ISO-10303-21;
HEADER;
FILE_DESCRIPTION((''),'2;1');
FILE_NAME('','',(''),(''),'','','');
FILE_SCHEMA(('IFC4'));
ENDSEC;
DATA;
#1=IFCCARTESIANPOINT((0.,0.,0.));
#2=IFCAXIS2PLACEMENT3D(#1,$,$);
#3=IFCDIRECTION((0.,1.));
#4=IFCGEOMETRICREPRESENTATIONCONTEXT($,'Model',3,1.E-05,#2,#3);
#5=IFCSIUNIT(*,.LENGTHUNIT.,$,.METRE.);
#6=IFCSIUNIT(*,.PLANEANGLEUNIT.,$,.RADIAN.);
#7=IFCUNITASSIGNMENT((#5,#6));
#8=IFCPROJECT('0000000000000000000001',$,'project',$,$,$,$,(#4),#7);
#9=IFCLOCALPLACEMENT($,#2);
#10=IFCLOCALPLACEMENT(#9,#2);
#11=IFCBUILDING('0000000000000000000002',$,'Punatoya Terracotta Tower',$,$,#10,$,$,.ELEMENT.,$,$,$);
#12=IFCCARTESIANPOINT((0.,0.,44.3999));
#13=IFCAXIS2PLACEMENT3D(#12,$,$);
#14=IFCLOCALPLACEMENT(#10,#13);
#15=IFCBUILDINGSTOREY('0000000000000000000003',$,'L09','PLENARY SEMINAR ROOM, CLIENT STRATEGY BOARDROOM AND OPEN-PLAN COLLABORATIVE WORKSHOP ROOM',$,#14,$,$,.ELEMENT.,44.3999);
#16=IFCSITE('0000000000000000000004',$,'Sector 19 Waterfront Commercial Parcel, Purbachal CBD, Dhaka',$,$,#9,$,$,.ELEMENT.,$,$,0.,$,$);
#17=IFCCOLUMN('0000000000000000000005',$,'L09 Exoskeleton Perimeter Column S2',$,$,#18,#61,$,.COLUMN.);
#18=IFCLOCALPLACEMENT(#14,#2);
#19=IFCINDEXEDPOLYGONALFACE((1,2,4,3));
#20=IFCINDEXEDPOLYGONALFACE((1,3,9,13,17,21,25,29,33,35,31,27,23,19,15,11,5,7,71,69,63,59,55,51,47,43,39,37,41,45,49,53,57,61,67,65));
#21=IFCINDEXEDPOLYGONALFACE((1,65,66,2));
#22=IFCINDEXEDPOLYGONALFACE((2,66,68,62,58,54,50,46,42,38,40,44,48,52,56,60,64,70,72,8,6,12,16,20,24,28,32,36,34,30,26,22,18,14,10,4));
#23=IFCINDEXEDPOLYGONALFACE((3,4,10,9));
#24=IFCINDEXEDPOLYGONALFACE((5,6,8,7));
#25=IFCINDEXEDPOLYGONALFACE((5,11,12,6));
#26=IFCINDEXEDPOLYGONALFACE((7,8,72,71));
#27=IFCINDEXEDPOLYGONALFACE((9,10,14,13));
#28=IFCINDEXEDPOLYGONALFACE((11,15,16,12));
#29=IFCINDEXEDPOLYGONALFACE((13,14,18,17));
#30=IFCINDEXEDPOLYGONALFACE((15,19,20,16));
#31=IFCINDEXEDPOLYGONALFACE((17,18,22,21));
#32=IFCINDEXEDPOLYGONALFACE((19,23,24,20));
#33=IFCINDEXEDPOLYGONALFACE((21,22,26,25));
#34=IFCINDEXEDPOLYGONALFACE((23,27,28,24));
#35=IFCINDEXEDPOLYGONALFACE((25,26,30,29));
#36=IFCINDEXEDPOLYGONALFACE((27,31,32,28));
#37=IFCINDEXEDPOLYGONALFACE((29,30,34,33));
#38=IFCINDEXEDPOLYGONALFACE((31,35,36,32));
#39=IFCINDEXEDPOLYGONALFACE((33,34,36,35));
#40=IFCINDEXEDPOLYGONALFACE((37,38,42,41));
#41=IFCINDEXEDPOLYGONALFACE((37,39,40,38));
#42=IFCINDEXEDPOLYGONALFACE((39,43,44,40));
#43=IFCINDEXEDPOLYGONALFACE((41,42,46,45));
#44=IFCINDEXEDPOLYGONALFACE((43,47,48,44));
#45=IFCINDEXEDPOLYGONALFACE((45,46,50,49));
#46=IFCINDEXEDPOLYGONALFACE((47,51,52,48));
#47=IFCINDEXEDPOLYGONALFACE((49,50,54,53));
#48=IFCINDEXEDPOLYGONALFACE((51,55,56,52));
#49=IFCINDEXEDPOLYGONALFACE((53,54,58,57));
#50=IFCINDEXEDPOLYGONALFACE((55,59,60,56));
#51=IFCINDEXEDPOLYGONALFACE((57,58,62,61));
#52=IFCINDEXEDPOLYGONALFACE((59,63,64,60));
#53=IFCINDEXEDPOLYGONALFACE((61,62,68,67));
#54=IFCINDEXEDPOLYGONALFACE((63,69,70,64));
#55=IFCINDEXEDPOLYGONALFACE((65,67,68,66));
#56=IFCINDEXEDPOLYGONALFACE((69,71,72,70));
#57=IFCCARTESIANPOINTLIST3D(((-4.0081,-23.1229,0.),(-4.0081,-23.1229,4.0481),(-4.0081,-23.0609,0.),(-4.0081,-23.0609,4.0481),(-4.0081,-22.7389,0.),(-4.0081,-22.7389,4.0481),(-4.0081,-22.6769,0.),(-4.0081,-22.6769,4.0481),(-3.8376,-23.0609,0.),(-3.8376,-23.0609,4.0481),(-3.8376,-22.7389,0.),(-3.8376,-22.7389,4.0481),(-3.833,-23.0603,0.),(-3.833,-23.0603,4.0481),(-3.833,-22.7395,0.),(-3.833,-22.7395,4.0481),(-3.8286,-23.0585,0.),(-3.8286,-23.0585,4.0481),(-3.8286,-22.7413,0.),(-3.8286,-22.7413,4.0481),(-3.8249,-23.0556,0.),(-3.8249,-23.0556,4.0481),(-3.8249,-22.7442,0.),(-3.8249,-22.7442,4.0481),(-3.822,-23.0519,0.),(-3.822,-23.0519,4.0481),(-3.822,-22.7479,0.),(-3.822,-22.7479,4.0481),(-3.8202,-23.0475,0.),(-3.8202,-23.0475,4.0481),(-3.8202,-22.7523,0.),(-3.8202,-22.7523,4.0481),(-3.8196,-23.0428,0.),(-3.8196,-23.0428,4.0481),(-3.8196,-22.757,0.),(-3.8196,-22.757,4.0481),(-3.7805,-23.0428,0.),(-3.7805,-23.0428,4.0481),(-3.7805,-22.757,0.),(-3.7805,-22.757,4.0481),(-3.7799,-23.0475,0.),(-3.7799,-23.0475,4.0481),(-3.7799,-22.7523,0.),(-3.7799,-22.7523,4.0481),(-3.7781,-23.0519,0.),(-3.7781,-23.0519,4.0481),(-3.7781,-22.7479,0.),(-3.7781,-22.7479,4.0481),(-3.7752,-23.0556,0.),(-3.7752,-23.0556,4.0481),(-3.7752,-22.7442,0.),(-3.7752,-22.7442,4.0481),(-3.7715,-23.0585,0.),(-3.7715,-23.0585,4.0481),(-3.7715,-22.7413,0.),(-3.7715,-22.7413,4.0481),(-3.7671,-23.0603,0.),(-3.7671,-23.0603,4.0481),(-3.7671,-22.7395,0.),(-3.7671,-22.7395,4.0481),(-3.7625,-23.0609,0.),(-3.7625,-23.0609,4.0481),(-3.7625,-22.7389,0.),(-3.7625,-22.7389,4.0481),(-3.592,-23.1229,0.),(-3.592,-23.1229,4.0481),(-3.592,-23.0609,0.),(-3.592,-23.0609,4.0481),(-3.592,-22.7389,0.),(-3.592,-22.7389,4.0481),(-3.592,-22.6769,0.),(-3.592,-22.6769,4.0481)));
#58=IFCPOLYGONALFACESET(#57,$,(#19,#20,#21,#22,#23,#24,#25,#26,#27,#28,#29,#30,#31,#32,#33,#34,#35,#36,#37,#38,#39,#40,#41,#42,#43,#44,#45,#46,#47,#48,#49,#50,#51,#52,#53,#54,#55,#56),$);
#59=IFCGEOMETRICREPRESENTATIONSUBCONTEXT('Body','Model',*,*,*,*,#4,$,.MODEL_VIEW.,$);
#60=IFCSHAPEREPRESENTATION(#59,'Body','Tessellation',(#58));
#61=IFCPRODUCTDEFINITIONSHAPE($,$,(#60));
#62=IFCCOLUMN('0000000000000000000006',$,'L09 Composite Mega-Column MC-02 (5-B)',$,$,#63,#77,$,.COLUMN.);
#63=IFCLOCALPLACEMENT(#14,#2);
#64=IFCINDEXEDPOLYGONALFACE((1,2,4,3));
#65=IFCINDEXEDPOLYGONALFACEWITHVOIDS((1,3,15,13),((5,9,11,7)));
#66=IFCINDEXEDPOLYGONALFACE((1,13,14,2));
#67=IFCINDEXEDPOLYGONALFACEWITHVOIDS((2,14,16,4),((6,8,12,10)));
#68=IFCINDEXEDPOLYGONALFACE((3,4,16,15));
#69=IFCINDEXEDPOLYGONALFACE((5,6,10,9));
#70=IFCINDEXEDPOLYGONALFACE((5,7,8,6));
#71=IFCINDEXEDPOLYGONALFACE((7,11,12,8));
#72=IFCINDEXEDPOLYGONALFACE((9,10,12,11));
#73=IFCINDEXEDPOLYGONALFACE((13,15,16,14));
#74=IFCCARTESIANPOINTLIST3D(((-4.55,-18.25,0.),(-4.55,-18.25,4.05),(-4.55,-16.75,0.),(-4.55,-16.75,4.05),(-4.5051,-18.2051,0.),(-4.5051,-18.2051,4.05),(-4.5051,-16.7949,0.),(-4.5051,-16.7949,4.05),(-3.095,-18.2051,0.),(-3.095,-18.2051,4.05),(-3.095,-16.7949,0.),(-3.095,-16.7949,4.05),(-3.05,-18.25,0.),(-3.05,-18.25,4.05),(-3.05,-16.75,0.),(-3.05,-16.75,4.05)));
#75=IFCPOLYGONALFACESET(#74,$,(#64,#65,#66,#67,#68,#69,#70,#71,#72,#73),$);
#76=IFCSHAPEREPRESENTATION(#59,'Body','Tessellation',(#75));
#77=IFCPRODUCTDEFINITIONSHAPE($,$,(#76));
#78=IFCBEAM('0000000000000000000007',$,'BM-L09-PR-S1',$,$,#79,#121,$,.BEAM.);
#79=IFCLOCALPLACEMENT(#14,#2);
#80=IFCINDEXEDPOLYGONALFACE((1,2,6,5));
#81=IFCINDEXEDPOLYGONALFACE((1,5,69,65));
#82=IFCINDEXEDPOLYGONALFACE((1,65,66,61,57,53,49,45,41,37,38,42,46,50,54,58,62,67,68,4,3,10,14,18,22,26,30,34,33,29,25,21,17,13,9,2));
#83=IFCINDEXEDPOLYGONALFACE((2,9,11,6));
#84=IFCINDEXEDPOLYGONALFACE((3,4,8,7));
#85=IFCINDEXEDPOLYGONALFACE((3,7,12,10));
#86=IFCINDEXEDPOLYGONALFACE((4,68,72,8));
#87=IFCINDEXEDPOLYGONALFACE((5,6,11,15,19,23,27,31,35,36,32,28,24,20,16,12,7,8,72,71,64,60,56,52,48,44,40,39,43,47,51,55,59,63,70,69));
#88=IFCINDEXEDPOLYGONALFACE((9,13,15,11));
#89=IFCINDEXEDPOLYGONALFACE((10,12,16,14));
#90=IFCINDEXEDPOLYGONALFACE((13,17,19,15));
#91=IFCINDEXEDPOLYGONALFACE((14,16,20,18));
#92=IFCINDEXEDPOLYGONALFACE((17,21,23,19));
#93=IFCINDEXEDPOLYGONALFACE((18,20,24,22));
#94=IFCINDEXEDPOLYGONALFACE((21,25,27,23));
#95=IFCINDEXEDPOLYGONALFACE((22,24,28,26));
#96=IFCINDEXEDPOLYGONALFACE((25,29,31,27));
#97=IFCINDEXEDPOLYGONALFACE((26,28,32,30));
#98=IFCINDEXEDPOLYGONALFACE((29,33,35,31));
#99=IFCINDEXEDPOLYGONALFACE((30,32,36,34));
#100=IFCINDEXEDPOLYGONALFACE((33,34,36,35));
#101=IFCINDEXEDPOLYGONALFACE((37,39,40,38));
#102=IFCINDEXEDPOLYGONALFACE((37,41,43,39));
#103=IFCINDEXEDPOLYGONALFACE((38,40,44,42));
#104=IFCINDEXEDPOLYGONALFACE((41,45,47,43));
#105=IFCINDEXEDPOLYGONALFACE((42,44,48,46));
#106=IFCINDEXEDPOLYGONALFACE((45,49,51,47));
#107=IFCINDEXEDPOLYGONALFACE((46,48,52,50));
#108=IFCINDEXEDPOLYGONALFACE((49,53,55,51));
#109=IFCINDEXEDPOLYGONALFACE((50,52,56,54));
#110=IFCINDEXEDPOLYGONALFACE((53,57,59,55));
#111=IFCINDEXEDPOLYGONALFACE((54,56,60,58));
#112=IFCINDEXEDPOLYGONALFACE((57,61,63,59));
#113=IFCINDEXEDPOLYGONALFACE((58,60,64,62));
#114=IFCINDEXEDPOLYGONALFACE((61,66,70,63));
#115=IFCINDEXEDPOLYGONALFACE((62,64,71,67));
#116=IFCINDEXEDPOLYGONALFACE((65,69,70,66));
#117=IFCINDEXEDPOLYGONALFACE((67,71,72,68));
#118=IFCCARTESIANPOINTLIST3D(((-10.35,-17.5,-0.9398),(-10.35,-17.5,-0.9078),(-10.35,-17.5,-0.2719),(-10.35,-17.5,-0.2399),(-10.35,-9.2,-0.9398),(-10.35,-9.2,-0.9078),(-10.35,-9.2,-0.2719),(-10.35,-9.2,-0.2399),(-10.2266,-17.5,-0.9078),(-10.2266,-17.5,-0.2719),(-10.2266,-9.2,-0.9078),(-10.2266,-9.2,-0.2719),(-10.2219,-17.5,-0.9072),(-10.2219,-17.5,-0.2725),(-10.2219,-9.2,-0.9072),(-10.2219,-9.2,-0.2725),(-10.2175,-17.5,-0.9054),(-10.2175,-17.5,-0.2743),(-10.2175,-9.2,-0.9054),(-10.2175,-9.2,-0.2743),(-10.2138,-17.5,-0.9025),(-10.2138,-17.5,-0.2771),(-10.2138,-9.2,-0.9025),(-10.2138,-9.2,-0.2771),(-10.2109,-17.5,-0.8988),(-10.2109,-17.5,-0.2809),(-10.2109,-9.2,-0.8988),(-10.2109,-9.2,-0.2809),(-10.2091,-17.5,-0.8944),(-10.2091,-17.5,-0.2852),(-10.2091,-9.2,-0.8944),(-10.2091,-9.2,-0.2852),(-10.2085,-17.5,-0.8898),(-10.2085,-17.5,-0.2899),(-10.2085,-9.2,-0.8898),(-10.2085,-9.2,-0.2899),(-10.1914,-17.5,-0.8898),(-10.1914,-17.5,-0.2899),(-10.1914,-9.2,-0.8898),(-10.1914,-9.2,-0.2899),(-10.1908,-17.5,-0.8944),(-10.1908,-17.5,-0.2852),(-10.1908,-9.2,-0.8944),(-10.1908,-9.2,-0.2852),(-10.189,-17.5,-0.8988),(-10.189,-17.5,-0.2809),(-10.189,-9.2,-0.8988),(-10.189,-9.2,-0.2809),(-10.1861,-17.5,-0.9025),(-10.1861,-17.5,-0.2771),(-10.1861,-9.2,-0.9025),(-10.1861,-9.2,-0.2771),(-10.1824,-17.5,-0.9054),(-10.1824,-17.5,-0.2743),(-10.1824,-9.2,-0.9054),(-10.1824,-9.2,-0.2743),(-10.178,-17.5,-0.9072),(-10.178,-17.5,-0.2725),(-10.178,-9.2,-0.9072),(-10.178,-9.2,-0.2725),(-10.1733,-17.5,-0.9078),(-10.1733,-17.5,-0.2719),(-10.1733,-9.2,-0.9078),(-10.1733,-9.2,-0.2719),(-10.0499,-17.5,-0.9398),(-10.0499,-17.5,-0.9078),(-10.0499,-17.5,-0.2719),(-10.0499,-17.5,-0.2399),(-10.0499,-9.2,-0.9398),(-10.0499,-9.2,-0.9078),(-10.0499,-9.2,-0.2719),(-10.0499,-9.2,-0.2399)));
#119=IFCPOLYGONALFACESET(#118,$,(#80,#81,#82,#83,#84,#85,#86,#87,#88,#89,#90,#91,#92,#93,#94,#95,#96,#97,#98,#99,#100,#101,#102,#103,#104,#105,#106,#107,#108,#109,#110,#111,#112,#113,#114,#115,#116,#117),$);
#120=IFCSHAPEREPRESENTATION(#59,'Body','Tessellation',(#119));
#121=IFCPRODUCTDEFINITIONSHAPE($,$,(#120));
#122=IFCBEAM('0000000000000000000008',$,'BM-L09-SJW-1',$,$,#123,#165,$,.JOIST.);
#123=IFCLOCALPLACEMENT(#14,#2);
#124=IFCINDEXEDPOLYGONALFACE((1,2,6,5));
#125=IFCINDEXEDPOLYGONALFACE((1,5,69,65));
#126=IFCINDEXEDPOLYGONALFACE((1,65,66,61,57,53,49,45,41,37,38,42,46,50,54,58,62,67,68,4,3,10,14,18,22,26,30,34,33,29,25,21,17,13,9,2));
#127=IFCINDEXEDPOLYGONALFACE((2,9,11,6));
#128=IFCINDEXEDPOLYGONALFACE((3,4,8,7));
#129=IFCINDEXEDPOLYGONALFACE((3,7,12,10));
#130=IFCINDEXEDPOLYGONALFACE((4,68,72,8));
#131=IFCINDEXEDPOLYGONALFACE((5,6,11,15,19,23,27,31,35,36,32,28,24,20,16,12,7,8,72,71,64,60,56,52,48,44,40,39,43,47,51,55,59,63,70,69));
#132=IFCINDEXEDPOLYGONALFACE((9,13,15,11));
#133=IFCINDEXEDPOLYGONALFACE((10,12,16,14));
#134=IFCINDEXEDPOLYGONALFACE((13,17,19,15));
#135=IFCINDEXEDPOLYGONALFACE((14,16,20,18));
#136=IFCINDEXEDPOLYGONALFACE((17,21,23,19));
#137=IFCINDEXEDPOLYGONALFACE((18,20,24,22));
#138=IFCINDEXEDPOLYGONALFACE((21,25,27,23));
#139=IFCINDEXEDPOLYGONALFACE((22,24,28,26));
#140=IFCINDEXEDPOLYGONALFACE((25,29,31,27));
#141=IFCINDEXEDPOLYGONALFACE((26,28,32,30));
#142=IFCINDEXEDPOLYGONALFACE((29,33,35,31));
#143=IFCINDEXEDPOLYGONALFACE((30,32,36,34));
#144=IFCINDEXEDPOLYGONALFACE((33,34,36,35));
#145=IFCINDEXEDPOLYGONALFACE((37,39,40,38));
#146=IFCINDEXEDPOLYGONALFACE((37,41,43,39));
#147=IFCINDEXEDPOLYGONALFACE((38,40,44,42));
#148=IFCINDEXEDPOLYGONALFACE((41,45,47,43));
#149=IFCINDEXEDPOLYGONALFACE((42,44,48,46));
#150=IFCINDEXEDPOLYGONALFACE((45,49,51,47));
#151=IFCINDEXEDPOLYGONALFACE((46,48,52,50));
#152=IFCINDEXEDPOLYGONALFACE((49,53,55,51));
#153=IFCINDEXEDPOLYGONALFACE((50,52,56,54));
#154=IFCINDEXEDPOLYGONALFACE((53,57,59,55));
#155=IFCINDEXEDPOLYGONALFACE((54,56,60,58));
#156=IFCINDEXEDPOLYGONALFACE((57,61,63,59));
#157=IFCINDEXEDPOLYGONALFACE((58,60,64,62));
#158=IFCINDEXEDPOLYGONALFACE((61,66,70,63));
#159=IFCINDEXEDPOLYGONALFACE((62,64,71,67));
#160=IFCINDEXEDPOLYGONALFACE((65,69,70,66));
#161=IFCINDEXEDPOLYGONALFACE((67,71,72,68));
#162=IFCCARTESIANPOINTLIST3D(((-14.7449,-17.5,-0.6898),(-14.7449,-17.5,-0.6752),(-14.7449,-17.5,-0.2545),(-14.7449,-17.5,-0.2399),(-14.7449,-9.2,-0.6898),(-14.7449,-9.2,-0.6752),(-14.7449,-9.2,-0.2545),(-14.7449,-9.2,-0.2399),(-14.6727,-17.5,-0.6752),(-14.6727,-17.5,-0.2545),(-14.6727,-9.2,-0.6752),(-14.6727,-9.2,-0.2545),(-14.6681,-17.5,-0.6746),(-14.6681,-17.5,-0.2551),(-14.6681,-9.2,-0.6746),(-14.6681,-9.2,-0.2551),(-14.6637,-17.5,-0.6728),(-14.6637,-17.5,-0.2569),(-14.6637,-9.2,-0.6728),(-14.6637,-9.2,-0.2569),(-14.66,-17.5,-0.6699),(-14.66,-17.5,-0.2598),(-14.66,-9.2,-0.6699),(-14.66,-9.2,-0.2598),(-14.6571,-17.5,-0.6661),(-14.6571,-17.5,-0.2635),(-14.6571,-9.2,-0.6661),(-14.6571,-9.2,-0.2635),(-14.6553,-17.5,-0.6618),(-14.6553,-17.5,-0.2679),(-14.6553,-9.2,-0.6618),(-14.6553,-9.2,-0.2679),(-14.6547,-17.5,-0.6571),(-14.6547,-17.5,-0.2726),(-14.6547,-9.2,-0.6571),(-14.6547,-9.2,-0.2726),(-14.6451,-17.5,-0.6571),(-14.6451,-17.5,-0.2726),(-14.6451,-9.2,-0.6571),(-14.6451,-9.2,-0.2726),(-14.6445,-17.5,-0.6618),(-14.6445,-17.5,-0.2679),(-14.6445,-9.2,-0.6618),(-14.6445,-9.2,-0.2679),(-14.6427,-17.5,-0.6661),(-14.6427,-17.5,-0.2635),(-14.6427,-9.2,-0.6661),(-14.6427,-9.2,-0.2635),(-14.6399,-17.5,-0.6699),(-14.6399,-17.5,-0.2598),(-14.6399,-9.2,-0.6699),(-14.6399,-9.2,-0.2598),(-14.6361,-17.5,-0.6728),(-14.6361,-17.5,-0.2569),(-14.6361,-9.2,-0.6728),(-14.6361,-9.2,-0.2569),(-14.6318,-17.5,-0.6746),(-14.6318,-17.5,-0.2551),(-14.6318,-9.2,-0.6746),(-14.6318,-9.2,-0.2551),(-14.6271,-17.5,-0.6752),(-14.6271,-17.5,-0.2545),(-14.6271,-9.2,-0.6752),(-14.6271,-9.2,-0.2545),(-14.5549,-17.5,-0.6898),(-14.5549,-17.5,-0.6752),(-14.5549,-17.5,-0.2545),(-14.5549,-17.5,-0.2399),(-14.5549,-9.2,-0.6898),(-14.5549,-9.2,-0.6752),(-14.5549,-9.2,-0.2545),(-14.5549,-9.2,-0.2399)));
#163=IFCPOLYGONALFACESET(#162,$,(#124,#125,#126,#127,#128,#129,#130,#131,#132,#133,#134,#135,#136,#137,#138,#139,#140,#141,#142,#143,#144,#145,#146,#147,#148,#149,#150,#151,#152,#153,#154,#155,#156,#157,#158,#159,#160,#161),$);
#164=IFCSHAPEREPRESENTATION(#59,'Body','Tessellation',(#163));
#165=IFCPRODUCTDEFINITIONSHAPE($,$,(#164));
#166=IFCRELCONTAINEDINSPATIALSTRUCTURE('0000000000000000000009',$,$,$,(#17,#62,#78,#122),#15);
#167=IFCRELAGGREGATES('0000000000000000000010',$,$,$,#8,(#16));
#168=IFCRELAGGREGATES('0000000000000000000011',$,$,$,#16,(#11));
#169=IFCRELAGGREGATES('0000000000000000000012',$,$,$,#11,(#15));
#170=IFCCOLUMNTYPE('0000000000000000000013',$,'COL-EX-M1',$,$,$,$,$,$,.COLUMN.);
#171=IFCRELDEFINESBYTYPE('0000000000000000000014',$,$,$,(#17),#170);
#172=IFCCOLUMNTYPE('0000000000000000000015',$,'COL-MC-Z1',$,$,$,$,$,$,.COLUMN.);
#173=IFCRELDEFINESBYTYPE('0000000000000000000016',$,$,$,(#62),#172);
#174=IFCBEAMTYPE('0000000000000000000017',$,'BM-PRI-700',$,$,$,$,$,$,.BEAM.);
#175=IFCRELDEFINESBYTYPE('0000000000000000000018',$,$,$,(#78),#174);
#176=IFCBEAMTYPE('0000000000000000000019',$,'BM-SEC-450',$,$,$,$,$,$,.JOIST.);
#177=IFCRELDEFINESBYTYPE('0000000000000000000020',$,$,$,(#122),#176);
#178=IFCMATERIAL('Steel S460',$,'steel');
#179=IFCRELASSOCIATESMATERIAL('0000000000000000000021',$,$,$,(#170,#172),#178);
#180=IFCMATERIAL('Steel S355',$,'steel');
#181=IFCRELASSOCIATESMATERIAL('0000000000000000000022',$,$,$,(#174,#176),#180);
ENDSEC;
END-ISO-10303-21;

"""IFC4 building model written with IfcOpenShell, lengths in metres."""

from ifc_helpers import new_model, si_unit, direction, frame, origin, origin_2d, place, context, subcontext, project, spatial, hollow_rectangle, i_section, extrude, material, material_profile, profile_set, type_object, element, save


model = new_model("IFC4")

# Units and contexts
model_context = context("Model", 3, precision=1e-05, world=origin(), true_north=direction((0.0, 1.0)))
body_context = subcontext(model_context, "Body", "Model", "MODEL_VIEW")
ifc_project = project(units=[si_unit("LENGTHUNIT", "METRE"), si_unit("PLANEANGLEUNIT", "RADIAN")], contexts=[model_context])

# Site, building, storey
site_placement = place(None, origin())
site = spatial("IfcSite", under=ifc_project, at=site_placement, Name="Sector 19 Waterfront Commercial Parcel, Purbachal CBD, Dhaka", CompositionType="ELEMENT", RefElevation=0.0)
building_placement = place(site_placement, origin())
building = spatial("IfcBuilding", under=site, at=building_placement, Name="Punatoya Terracotta Tower", CompositionType="ELEMENT")
storey_placement = place(building_placement, frame((0.0, 0.0, 44.3999)))
storey = spatial("IfcBuildingStorey", under=building, at=storey_placement, Name="L09", Description="PLENARY SEMINAR ROOM, CLIENT STRATEGY BOARDROOM AND OPEN-PLAN COLLABORATIVE WORKSHOP ROOM", CompositionType="ELEMENT", Elevation=44.3999)

# Columns
ifc_material_1 = material(Name="Steel S460", Category="steel")
ifc_material_profile_1 = material_profile(ifc_material_1, i_section(OverallWidth=0.416, OverallDepth=0.446, WebThickness=0.0391, FlangeThickness=0.062, FilletRadius=0.0181, at=origin_2d()))
ifc_profile_set_1 = profile_set([ifc_material_profile_1], Name="Steel S460")
column_type_1 = type_object("IfcColumnType", Name="COL-EX-M1", PredefinedType="COLUMN", material=ifc_profile_set_1)
column_1_placement = place(storey_placement, frame((-3.8, -22.8999, 0.0), z_axis=(0.0, 0.0, 1.0), x_axis=(1.0, 0.0, 0.0)))
element("IfcColumn", 1, at=column_1_placement, inside=storey, type_object=column_type_1, Name="L09 Exoskeleton Perimeter Column S2", PredefinedType="COLUMN", context=body_context, shape_type="SweptSolid", body=[
    extrude(i_section(OverallWidth=0.416, OverallDepth=0.446, WebThickness=0.0391, FlangeThickness=0.062, FilletRadius=0.0181, at=origin_2d()), origin(), (0.0, 0.0, 1.0), 4.0481),
])
ifc_material_profile_2 = material_profile(ifc_material_1, hollow_rectangle(XDim=1.5, YDim=1.5, WallThickness=0.0449, at=origin_2d()))
ifc_profile_set_2 = profile_set([ifc_material_profile_2], Name="Steel S460")
column_type_2 = type_object("IfcColumnType", Name="COL-MC-Z1", PredefinedType="COLUMN", material=ifc_profile_set_2)
column_2_placement = place(storey_placement, frame((-3.8, -17.5, 0.0), z_axis=(0.0, 0.0, 1.0), x_axis=(1.0, 0.0, 0.0)))
element("IfcColumn", 2, at=column_2_placement, inside=storey, type_object=column_type_2, Name="L09 Composite Mega-Column MC-02 (5-B)", PredefinedType="COLUMN", context=body_context, shape_type="SweptSolid", body=[
    extrude(hollow_rectangle(XDim=1.5, YDim=1.5, WallThickness=0.0449, at=origin_2d()), origin(), (0.0, 0.0, 1.0), 4.05),
])

# Beams
ifc_material_2 = material(Name="Steel S355", Category="steel")
ifc_material_profile_3 = material_profile(ifc_material_2, i_section(OverallWidth=0.3, OverallDepth=0.7, WebThickness=0.0171, FlangeThickness=0.032, FilletRadius=0.0181, at=origin_2d()))
ifc_profile_set_3 = profile_set([ifc_material_profile_3], Name="Steel S355")
beam_type_1 = type_object("IfcBeamType", Name="BM-PRI-700", PredefinedType="BEAM", material=ifc_profile_set_3)
beam_1_placement = place(storey_placement, frame((-10.2, -17.5, -0.5898), z_axis=(0.0, 1.0, 0.0), x_axis=(-1.0, 0.0, 0.0)))
element("IfcBeam", 3, at=beam_1_placement, inside=storey, type_object=beam_type_1, Name="BM-L09-PR-S1", PredefinedType="BEAM", context=body_context, shape_type="SweptSolid", body=[
    extrude(i_section(OverallWidth=0.3, OverallDepth=0.7, WebThickness=0.0171, FlangeThickness=0.032, FilletRadius=0.0181, at=origin_2d()), origin(), (0.0, 0.0, 1.0), 8.3),
])
ifc_material_profile_4 = material_profile(ifc_material_2, i_section(OverallWidth=0.1899, OverallDepth=0.45, WebThickness=0.0095, FlangeThickness=0.0146, FilletRadius=0.0181, at=origin_2d()))
ifc_profile_set_4 = profile_set([ifc_material_profile_4], Name="Steel S355")
beam_type_2 = type_object("IfcBeamType", Name="BM-SEC-450", PredefinedType="JOIST", material=ifc_profile_set_4)
beam_2_placement = place(storey_placement, frame((-14.6499, -17.5, -0.4648), z_axis=(0.0, 1.0, 0.0), x_axis=(-1.0, 0.0, 0.0)))
element("IfcBeam", 4, at=beam_2_placement, inside=storey, type_object=beam_type_2, Name="BM-L09-SJW-1", PredefinedType="JOIST", context=body_context, shape_type="SweptSolid", body=[
    extrude(i_section(OverallWidth=0.1899, OverallDepth=0.45, WebThickness=0.0095, FlangeThickness=0.0146, FilletRadius=0.0181, at=origin_2d()), origin(), (0.0, 0.0, 1.0), 8.3),
])

save(model, "model.ifc")
